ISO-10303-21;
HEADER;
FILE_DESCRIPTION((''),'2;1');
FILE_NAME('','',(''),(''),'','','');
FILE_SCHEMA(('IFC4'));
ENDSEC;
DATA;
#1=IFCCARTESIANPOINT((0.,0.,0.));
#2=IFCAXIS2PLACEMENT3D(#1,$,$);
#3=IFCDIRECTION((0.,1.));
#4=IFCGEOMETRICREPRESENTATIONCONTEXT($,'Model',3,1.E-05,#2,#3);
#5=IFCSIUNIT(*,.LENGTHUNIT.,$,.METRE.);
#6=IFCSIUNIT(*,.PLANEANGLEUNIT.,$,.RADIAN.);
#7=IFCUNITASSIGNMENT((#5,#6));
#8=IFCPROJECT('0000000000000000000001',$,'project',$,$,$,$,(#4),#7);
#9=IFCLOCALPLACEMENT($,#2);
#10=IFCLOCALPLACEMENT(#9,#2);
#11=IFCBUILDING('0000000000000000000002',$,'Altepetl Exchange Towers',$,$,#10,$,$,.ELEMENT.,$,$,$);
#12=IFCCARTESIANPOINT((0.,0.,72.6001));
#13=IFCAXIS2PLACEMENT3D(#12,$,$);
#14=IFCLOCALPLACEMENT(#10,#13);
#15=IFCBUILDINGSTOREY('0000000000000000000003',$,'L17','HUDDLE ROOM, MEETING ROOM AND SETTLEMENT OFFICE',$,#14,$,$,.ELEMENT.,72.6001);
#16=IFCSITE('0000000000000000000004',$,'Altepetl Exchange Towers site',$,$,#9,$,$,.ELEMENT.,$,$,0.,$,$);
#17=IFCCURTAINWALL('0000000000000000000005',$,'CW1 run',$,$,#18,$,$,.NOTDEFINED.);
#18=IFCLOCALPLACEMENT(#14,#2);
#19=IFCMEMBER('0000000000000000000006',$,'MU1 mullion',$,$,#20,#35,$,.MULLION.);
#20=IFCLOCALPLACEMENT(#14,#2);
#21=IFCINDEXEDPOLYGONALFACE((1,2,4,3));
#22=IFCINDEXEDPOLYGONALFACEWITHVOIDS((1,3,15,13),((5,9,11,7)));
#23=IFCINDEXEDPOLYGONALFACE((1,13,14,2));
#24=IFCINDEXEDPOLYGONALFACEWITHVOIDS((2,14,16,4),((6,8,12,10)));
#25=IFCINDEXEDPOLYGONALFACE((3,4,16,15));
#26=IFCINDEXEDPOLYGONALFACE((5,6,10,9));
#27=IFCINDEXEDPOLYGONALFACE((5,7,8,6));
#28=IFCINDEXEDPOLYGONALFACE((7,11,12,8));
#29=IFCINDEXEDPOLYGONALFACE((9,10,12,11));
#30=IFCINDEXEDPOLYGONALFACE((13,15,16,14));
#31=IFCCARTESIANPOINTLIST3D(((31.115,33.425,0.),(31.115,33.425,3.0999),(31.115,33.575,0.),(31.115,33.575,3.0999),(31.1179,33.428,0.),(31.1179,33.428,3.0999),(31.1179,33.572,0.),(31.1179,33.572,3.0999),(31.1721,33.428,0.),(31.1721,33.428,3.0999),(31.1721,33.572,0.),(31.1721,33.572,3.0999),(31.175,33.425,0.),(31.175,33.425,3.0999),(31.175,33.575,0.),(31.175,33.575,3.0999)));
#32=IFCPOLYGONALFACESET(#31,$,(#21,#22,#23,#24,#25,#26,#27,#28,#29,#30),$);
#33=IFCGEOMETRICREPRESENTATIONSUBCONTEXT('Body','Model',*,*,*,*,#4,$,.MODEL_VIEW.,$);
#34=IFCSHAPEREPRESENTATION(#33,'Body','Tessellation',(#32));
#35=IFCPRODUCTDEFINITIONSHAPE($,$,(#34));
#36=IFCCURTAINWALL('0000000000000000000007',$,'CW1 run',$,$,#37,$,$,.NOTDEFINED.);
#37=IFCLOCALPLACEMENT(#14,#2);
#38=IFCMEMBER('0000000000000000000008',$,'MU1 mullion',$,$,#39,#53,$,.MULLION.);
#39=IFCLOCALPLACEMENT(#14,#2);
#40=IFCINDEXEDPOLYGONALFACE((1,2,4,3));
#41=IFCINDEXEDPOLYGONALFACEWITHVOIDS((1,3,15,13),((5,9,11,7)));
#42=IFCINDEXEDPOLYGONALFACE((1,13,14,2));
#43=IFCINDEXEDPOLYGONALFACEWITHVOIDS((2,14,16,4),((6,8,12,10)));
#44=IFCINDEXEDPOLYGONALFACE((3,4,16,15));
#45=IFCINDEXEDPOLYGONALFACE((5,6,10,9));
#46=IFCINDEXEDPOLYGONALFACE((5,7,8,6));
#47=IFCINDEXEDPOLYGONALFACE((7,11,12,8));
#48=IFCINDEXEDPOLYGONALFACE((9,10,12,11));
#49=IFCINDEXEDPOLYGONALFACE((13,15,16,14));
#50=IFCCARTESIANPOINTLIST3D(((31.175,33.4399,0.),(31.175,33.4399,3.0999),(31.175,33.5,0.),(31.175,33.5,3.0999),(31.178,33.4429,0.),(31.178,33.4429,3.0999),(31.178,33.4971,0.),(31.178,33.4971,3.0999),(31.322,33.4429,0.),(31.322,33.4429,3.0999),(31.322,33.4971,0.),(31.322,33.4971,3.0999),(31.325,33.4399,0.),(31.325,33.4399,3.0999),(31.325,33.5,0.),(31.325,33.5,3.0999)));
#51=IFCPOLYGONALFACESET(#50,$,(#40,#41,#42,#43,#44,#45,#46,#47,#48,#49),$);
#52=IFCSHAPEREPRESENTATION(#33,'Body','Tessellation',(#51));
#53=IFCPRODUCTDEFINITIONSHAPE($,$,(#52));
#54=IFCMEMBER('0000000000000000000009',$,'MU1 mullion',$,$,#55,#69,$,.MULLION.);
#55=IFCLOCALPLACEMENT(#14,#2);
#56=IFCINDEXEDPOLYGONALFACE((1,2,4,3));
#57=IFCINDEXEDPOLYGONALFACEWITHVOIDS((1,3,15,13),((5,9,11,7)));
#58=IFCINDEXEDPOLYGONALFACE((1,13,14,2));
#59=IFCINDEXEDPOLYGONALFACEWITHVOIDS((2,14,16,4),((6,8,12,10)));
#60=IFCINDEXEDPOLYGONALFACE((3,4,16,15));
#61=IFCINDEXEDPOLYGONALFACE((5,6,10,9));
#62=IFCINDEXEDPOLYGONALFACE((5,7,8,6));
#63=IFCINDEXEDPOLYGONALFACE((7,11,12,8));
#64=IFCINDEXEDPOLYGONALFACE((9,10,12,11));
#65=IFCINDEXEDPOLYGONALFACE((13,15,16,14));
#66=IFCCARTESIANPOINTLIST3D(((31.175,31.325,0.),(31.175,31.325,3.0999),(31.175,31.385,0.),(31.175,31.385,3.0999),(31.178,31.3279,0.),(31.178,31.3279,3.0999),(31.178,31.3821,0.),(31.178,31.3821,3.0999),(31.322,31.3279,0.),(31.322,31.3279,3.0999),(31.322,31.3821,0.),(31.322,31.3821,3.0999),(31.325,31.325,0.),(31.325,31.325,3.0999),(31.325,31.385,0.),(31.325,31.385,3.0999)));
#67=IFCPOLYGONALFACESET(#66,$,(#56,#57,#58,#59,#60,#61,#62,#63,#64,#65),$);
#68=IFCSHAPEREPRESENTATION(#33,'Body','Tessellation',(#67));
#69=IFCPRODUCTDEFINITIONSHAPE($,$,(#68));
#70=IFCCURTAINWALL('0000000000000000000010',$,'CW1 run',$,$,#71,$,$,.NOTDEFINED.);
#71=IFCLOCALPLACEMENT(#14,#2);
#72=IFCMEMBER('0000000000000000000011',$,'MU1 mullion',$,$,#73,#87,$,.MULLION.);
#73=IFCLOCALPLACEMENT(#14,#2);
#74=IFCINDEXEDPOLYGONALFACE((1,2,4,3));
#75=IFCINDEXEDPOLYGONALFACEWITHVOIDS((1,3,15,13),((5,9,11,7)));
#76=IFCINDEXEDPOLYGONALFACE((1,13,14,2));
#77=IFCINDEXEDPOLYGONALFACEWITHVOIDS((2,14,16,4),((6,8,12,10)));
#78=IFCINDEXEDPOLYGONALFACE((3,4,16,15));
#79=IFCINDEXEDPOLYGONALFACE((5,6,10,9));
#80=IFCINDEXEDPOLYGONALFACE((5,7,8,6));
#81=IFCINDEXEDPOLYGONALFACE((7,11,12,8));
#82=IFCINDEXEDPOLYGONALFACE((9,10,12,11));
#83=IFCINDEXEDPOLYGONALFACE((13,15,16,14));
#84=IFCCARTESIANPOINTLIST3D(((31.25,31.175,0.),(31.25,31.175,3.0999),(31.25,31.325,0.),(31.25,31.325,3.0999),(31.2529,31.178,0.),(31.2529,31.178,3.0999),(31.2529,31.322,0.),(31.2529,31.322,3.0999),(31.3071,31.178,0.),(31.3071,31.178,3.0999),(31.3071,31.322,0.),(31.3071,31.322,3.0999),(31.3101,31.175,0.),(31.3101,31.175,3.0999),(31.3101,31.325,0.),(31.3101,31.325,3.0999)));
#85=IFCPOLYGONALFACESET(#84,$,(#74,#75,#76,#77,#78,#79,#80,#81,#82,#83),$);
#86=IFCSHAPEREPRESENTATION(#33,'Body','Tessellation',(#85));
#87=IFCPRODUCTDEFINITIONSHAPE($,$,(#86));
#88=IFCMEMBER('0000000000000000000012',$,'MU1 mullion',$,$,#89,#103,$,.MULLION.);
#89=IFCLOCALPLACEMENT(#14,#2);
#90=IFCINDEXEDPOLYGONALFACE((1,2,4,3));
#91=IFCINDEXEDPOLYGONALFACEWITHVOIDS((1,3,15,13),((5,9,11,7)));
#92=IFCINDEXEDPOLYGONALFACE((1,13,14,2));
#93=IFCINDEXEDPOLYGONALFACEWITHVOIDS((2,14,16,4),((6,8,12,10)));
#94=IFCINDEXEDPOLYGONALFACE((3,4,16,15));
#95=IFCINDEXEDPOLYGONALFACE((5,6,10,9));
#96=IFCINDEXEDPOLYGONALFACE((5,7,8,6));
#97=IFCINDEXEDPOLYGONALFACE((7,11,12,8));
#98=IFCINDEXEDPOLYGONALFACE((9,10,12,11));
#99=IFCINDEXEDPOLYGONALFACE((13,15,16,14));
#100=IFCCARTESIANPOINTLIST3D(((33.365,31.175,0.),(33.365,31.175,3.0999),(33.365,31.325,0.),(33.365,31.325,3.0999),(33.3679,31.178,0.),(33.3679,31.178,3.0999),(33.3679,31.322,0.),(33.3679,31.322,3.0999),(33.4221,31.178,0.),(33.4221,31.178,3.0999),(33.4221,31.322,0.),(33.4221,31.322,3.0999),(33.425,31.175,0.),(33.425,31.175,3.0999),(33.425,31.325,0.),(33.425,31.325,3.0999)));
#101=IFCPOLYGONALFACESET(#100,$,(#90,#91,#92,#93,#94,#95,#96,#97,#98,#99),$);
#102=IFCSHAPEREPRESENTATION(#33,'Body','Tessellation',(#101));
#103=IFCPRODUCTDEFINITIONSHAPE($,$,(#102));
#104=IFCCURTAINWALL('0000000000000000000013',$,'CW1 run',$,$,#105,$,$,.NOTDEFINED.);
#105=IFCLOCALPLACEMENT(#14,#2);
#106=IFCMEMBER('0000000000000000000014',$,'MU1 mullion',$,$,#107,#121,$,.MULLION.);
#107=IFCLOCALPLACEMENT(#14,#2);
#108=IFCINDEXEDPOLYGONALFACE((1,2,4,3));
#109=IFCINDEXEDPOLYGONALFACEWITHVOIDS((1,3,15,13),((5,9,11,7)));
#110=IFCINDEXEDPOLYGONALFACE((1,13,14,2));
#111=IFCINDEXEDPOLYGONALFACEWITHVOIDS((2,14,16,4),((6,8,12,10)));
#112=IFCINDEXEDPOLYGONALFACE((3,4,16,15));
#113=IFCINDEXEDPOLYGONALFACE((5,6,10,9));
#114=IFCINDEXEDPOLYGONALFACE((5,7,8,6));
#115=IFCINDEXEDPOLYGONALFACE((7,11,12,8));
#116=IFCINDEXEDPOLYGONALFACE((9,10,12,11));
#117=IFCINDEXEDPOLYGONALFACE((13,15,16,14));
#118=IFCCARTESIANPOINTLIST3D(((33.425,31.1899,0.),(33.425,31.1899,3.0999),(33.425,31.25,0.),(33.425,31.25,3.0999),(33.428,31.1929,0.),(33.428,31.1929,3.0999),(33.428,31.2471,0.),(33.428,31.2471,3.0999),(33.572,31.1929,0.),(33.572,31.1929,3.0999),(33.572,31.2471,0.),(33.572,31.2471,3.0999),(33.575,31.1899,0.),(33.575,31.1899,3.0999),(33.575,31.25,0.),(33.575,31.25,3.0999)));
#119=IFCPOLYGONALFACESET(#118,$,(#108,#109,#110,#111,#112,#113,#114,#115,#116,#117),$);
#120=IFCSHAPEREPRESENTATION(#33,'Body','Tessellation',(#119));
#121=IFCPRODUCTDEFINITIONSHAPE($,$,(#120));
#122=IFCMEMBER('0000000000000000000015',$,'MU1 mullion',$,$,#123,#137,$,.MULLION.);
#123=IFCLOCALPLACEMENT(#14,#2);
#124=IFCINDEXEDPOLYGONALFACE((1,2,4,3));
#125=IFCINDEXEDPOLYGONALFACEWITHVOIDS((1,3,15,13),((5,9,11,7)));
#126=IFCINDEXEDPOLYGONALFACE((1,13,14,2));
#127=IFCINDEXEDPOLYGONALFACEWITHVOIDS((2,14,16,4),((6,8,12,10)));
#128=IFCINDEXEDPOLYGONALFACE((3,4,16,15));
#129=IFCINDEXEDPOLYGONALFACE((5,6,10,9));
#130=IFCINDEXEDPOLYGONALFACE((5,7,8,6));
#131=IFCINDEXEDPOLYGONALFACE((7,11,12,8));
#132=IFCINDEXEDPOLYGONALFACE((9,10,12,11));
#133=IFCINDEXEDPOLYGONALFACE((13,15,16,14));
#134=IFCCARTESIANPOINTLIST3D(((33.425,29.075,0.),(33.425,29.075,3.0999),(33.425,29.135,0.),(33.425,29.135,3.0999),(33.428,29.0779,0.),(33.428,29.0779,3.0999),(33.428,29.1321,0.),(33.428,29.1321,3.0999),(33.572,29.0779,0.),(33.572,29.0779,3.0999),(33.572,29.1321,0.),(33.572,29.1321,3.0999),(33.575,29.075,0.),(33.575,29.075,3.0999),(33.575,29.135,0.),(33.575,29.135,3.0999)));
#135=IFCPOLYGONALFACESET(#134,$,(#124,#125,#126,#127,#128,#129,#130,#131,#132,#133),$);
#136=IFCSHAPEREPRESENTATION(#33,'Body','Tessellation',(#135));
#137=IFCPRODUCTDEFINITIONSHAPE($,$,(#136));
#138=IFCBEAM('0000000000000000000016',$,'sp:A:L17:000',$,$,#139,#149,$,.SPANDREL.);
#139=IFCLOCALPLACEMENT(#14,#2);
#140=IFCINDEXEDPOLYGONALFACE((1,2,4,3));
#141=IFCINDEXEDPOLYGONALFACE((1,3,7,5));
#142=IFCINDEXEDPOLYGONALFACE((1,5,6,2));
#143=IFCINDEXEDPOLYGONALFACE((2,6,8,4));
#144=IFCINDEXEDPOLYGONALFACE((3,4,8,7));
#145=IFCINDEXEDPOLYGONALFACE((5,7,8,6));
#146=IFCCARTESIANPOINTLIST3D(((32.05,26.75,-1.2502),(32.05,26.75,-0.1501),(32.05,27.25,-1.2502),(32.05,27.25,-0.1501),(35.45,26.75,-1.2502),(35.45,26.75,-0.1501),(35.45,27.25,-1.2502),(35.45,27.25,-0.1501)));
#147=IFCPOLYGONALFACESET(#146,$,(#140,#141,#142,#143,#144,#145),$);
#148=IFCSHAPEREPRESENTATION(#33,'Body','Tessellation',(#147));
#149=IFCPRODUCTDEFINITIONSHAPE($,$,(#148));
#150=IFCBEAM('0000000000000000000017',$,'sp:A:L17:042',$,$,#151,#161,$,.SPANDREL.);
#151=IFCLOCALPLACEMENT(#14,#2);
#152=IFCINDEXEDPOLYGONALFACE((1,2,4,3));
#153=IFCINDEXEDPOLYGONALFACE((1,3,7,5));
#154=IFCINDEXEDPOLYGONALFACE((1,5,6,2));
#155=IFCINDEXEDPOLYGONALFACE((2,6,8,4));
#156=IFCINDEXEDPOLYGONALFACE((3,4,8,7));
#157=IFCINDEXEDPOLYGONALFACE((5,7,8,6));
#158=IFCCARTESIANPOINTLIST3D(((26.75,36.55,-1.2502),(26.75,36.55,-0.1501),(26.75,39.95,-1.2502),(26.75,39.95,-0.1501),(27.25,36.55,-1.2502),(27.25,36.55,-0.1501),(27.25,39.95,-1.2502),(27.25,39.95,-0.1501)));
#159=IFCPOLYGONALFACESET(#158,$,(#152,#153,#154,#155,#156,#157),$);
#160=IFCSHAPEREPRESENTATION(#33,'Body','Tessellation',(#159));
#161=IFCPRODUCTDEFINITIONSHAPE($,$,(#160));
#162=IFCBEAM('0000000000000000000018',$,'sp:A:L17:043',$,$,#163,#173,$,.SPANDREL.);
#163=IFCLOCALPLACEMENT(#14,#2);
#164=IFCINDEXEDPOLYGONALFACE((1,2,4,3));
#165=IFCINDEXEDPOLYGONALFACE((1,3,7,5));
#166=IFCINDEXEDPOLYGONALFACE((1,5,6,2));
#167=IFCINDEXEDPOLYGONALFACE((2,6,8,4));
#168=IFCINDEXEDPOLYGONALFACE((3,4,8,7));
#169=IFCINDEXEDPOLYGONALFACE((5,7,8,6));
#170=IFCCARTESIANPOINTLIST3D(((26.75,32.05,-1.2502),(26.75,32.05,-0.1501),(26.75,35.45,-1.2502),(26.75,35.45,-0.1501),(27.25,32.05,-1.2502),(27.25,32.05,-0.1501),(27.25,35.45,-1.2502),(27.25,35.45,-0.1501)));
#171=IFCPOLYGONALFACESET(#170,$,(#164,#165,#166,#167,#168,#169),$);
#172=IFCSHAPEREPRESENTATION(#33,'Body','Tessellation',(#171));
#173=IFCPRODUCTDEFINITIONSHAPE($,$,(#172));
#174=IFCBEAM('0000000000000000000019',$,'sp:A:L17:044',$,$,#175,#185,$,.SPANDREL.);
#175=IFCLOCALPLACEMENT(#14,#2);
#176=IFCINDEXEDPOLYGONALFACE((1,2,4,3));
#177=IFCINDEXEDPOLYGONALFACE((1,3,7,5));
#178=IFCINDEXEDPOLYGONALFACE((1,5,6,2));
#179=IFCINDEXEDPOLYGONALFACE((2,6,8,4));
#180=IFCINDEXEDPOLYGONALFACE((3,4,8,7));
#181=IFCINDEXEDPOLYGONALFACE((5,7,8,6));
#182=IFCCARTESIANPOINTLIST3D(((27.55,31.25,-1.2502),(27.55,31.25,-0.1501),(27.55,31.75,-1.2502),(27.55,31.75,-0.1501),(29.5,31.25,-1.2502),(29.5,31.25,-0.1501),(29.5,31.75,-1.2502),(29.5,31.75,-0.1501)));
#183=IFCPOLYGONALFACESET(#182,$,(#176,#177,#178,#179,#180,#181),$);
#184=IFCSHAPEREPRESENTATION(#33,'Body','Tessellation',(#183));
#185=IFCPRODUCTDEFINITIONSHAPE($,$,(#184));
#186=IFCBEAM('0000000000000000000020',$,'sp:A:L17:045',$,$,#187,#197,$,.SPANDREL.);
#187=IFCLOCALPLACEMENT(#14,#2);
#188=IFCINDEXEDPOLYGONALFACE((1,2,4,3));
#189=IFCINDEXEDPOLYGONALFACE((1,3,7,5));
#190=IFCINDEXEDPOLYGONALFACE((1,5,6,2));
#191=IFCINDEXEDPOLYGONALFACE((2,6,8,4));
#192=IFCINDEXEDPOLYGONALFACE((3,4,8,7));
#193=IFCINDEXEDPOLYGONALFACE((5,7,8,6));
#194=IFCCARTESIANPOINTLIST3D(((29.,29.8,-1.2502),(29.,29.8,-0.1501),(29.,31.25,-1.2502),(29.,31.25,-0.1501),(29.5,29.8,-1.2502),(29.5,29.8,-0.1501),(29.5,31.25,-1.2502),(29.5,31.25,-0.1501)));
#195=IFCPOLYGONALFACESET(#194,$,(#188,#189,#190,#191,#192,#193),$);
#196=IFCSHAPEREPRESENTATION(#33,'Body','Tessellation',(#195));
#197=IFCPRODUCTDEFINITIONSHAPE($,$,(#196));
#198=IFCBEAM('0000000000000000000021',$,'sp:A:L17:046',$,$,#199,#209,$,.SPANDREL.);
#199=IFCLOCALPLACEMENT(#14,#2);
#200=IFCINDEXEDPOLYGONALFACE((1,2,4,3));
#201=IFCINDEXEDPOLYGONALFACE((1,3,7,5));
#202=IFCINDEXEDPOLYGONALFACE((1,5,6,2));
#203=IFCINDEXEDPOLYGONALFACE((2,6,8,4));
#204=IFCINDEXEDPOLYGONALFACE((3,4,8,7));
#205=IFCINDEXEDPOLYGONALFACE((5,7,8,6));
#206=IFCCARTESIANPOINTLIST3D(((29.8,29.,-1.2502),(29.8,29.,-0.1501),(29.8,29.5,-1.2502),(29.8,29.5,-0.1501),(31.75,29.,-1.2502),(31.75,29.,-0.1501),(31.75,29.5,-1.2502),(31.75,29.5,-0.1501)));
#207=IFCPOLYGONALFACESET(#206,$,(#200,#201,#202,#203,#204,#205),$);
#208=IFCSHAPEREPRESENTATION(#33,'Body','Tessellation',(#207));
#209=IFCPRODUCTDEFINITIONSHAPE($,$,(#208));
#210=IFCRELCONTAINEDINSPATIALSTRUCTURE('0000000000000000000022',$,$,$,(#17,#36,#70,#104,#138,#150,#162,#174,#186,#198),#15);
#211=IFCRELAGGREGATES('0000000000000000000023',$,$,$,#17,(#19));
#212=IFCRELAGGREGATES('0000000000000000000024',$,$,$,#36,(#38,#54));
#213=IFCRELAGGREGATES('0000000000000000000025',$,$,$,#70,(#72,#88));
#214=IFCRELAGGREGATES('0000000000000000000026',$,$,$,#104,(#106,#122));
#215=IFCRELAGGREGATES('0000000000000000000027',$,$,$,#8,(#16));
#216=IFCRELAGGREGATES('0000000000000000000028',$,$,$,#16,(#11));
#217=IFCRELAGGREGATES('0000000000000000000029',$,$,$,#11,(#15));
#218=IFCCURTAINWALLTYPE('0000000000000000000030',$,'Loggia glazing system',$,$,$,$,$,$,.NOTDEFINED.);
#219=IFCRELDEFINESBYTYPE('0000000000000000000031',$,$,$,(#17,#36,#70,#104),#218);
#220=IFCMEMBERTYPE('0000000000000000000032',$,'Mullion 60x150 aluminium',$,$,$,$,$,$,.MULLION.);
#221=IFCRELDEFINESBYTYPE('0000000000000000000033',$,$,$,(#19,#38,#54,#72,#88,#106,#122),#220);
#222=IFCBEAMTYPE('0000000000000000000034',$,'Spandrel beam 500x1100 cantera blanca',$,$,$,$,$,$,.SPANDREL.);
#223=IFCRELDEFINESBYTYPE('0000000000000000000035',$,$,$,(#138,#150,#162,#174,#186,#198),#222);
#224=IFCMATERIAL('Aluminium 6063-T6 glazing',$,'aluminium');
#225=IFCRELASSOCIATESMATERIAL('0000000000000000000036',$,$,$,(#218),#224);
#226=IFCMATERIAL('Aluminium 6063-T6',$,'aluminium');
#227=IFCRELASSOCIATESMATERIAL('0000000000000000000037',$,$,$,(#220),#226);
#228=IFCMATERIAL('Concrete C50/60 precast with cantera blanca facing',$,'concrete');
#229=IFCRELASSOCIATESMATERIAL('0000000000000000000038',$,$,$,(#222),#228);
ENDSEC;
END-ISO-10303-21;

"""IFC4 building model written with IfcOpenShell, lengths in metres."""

from ifc_helpers import new_model, si_unit, direction, frame, origin, origin_2d, place, context, subcontext, project, spatial, rectangle, hollow_rectangle, extrude, material, material_profile, profile_set, type_object, element, aggregate, save


model = new_model("IFC4")

# Units and contexts
model_context = context("Model", 3, precision=1e-05, world=origin(), true_north=direction((0.0, 1.0)))
body_context = subcontext(model_context, "Body", "Model", "MODEL_VIEW")
ifc_project = project(units=[si_unit("LENGTHUNIT", "METRE"), si_unit("PLANEANGLEUNIT", "RADIAN")], contexts=[model_context])

# Site, building, storey
site_placement = place(None, origin())
site = spatial("IfcSite", under=ifc_project, at=site_placement, Name="Altepetl Exchange Towers site", CompositionType="ELEMENT", RefElevation=0.0)
building_placement = place(site_placement, origin())
building = spatial("IfcBuilding", under=site, at=building_placement, Name="Altepetl Exchange Towers", CompositionType="ELEMENT")
storey_placement = place(building_placement, frame((0.0, 0.0, 72.6001)))
storey = spatial("IfcBuildingStorey", under=building, at=storey_placement, Name="L17", Description="HUDDLE ROOM, MEETING ROOM AND SETTLEMENT OFFICE", CompositionType="ELEMENT", Elevation=72.6001)

# Curtain walls, members
ifc_material_1 = material(Name="Aluminium 6063-T6 glazing", Category="aluminium")
curtain_wall_type = type_object("IfcCurtainWallType", Name="Loggia glazing system", PredefinedType="NOTDEFINED", material=ifc_material_1)
ifc_material_2 = material(Name="Aluminium 6063-T6", Category="aluminium")
ifc_material_profile_1 = material_profile(ifc_material_2, hollow_rectangle(XDim=0.0601, YDim=0.1499, WallThickness=0.0029, at=origin_2d()), Name="Mullion 60x150 aluminium")
ifc_profile_set_1 = profile_set([ifc_material_profile_1], Name="Aluminium 6063-T6")
member_type = type_object("IfcMemberType", Name="Mullion 60x150 aluminium", PredefinedType="MULLION", material=ifc_profile_set_1)
curtain_wall_1_placement = place(storey_placement, origin())
curtain_wall_1 = element("IfcCurtainWall", 1, at=curtain_wall_1_placement, inside=storey, type_object=curtain_wall_type, Name="CW1 run", PredefinedType="NOTDEFINED")
member_1_placement = place(storey_placement, frame((31.145, 33.5, 0.0)))
member_1 = element("IfcMember", 2, at=member_1_placement, type_object=member_type, Name="MU1 mullion", PredefinedType="MULLION", context=body_context, shape_type="SweptSolid", body=[
    extrude(hollow_rectangle(XDim=0.0601, YDim=0.1499, WallThickness=0.0029, at=origin_2d()), origin(), (0.0, 0.0, 1.0), 3.0999),
])
curtain_wall_2_placement = place(storey_placement, origin())
curtain_wall_2 = element("IfcCurtainWall", 3, at=curtain_wall_2_placement, inside=storey, type_object=curtain_wall_type, Name="CW1 run", PredefinedType="NOTDEFINED")
member_2_placement = place(storey_placement, frame((31.25, 33.47, 0.0), z_axis=(0.0, 0.0, 1.0), x_axis=(0.0, -1.0, 0.0)))
member_2 = element("IfcMember", 4, at=member_2_placement, type_object=member_type, Name="MU1 mullion", PredefinedType="MULLION", context=body_context, shape_type="SweptSolid", body=[
    extrude(hollow_rectangle(XDim=0.0601, YDim=0.1499, WallThickness=0.0029, at=origin_2d()), origin(), (0.0, 0.0, 1.0), 3.0999),
])
member_3_placement = place(storey_placement, frame((31.25, 31.355, 0.0), z_axis=(0.0, 0.0, 1.0), x_axis=(0.0, -1.0, 0.0)))
member_3 = element("IfcMember", 5, at=member_3_placement, type_object=member_type, Name="MU1 mullion", PredefinedType="MULLION", context=body_context, shape_type="SweptSolid", body=[
    extrude(hollow_rectangle(XDim=0.0601, YDim=0.1499, WallThickness=0.0029, at=origin_2d()), origin(), (0.0, 0.0, 1.0), 3.0999),
])
curtain_wall_3_placement = place(storey_placement, origin())
curtain_wall_3 = element("IfcCurtainWall", 6, at=curtain_wall_3_placement, inside=storey, type_object=curtain_wall_type, Name="CW1 run", PredefinedType="NOTDEFINED")
member_4_placement = place(storey_placement, frame((31.28, 31.25, 0.0)))
member_4 = element("IfcMember", 7, at=member_4_placement, type_object=member_type, Name="MU1 mullion", PredefinedType="MULLION", context=body_context, shape_type="SweptSolid", body=[
    extrude(hollow_rectangle(XDim=0.0601, YDim=0.1499, WallThickness=0.0029, at=origin_2d()), origin(), (0.0, 0.0, 1.0), 3.0999),
])
member_5_placement = place(storey_placement, frame((33.395, 31.25, 0.0)))
member_5 = element("IfcMember", 8, at=member_5_placement, type_object=member_type, Name="MU1 mullion", PredefinedType="MULLION", context=body_context, shape_type="SweptSolid", body=[
    extrude(hollow_rectangle(XDim=0.0601, YDim=0.1499, WallThickness=0.0029, at=origin_2d()), origin(), (0.0, 0.0, 1.0), 3.0999),
])
curtain_wall_4_placement = place(storey_placement, origin())
curtain_wall_4 = element("IfcCurtainWall", 9, at=curtain_wall_4_placement, inside=storey, type_object=curtain_wall_type, Name="CW1 run", PredefinedType="NOTDEFINED")
member_6_placement = place(storey_placement, frame((33.5, 31.22, 0.0), z_axis=(0.0, 0.0, 1.0), x_axis=(0.0, -1.0, 0.0)))
member_6 = element("IfcMember", 10, at=member_6_placement, type_object=member_type, Name="MU1 mullion", PredefinedType="MULLION", context=body_context, shape_type="SweptSolid", body=[
    extrude(hollow_rectangle(XDim=0.0601, YDim=0.1499, WallThickness=0.0029, at=origin_2d()), origin(), (0.0, 0.0, 1.0), 3.0999),
])
member_7_placement = place(storey_placement, frame((33.5, 29.105, 0.0), z_axis=(0.0, 0.0, 1.0), x_axis=(0.0, -1.0, 0.0)))
member_7 = element("IfcMember", 11, at=member_7_placement, type_object=member_type, Name="MU1 mullion", PredefinedType="MULLION", context=body_context, shape_type="SweptSolid", body=[
    extrude(hollow_rectangle(XDim=0.0601, YDim=0.1499, WallThickness=0.0029, at=origin_2d()), origin(), (0.0, 0.0, 1.0), 3.0999),
])

# Beams
ifc_material_3 = material(Name="Concrete C50/60 precast with cantera blanca facing", Category="concrete")
ifc_material_profile_2 = material_profile(ifc_material_3, rectangle(XDim=0.5, YDim=1.1001, at=origin_2d()), Name="500 x 1100")
ifc_profile_set_2 = profile_set([ifc_material_profile_2], Name="Concrete C50/60 precast with cantera blanca facing")
beam_type_1 = type_object("IfcBeamType", Name="Spandrel beam 500x1100 cantera blanca", PredefinedType="SPANDREL", material=ifc_profile_set_2)
for number, where, z_axis, x_axis, name in (
    (12, (32.05, 27.0, -0.7002), (1.0, 0.0, 0.0), (0.0, 1.0, 0.0), "sp:A:L17:000"),
    (13, (27.0, 39.95, -0.7002), (0.0, -1.0, 0.0), (1.0, 0.0, 0.0), "sp:A:L17:042"),
    (14, (27.0, 35.45, -0.7002), (0.0, -1.0, 0.0), (1.0, 0.0, 0.0), "sp:A:L17:043"),
):
    element("IfcBeam", number, at=place(storey_placement, frame(where, z_axis=z_axis, x_axis=x_axis)), inside=storey, type_object=beam_type_1, Name=name, PredefinedType="SPANDREL", context=body_context, shape_type="SweptSolid", body=[
        extrude(rectangle(XDim=0.5, YDim=1.1001, at=origin_2d()), origin(), (0.0, 0.0, 1.0), 3.3999),
    ])
beam_1_placement = place(storey_placement, frame((27.55, 31.5, -0.7002), z_axis=(1.0, 0.0, 0.0), x_axis=(0.0, 1.0, 0.0)))
element("IfcBeam", 15, at=beam_1_placement, inside=storey, type_object=beam_type_1, Name="sp:A:L17:044", PredefinedType="SPANDREL", context=body_context, shape_type="SweptSolid", body=[
    extrude(rectangle(XDim=0.5, YDim=1.1001, at=origin_2d()), origin(), (0.0, 0.0, 1.0), 1.95),
])
beam_2_placement = place(storey_placement, frame((29.25, 31.25, -0.7002), z_axis=(0.0, -1.0, 0.0), x_axis=(1.0, 0.0, 0.0)))
element("IfcBeam", 16, at=beam_2_placement, inside=storey, type_object=beam_type_1, Name="sp:A:L17:045", PredefinedType="SPANDREL", context=body_context, shape_type="SweptSolid", body=[
    extrude(rectangle(XDim=0.5, YDim=1.1001, at=origin_2d()), origin(), (0.0, 0.0, 1.0), 1.45),
])
beam_3_placement = place(storey_placement, frame((29.8, 29.25, -0.7002), z_axis=(1.0, 0.0, 0.0), x_axis=(0.0, 1.0, 0.0)))
element("IfcBeam", 17, at=beam_3_placement, inside=storey, type_object=beam_type_1, Name="sp:A:L17:046", PredefinedType="SPANDREL", context=body_context, shape_type="SweptSolid", body=[
    extrude(rectangle(XDim=0.5, YDim=1.1001, at=origin_2d()), origin(), (0.0, 0.0, 1.0), 1.95),
])

aggregate(curtain_wall_1, [member_1])
aggregate(curtain_wall_2, [member_2, member_3])
aggregate(curtain_wall_3, [member_4, member_5])
aggregate(curtain_wall_4, [member_6, member_7])

save(model, "model.ifc")
